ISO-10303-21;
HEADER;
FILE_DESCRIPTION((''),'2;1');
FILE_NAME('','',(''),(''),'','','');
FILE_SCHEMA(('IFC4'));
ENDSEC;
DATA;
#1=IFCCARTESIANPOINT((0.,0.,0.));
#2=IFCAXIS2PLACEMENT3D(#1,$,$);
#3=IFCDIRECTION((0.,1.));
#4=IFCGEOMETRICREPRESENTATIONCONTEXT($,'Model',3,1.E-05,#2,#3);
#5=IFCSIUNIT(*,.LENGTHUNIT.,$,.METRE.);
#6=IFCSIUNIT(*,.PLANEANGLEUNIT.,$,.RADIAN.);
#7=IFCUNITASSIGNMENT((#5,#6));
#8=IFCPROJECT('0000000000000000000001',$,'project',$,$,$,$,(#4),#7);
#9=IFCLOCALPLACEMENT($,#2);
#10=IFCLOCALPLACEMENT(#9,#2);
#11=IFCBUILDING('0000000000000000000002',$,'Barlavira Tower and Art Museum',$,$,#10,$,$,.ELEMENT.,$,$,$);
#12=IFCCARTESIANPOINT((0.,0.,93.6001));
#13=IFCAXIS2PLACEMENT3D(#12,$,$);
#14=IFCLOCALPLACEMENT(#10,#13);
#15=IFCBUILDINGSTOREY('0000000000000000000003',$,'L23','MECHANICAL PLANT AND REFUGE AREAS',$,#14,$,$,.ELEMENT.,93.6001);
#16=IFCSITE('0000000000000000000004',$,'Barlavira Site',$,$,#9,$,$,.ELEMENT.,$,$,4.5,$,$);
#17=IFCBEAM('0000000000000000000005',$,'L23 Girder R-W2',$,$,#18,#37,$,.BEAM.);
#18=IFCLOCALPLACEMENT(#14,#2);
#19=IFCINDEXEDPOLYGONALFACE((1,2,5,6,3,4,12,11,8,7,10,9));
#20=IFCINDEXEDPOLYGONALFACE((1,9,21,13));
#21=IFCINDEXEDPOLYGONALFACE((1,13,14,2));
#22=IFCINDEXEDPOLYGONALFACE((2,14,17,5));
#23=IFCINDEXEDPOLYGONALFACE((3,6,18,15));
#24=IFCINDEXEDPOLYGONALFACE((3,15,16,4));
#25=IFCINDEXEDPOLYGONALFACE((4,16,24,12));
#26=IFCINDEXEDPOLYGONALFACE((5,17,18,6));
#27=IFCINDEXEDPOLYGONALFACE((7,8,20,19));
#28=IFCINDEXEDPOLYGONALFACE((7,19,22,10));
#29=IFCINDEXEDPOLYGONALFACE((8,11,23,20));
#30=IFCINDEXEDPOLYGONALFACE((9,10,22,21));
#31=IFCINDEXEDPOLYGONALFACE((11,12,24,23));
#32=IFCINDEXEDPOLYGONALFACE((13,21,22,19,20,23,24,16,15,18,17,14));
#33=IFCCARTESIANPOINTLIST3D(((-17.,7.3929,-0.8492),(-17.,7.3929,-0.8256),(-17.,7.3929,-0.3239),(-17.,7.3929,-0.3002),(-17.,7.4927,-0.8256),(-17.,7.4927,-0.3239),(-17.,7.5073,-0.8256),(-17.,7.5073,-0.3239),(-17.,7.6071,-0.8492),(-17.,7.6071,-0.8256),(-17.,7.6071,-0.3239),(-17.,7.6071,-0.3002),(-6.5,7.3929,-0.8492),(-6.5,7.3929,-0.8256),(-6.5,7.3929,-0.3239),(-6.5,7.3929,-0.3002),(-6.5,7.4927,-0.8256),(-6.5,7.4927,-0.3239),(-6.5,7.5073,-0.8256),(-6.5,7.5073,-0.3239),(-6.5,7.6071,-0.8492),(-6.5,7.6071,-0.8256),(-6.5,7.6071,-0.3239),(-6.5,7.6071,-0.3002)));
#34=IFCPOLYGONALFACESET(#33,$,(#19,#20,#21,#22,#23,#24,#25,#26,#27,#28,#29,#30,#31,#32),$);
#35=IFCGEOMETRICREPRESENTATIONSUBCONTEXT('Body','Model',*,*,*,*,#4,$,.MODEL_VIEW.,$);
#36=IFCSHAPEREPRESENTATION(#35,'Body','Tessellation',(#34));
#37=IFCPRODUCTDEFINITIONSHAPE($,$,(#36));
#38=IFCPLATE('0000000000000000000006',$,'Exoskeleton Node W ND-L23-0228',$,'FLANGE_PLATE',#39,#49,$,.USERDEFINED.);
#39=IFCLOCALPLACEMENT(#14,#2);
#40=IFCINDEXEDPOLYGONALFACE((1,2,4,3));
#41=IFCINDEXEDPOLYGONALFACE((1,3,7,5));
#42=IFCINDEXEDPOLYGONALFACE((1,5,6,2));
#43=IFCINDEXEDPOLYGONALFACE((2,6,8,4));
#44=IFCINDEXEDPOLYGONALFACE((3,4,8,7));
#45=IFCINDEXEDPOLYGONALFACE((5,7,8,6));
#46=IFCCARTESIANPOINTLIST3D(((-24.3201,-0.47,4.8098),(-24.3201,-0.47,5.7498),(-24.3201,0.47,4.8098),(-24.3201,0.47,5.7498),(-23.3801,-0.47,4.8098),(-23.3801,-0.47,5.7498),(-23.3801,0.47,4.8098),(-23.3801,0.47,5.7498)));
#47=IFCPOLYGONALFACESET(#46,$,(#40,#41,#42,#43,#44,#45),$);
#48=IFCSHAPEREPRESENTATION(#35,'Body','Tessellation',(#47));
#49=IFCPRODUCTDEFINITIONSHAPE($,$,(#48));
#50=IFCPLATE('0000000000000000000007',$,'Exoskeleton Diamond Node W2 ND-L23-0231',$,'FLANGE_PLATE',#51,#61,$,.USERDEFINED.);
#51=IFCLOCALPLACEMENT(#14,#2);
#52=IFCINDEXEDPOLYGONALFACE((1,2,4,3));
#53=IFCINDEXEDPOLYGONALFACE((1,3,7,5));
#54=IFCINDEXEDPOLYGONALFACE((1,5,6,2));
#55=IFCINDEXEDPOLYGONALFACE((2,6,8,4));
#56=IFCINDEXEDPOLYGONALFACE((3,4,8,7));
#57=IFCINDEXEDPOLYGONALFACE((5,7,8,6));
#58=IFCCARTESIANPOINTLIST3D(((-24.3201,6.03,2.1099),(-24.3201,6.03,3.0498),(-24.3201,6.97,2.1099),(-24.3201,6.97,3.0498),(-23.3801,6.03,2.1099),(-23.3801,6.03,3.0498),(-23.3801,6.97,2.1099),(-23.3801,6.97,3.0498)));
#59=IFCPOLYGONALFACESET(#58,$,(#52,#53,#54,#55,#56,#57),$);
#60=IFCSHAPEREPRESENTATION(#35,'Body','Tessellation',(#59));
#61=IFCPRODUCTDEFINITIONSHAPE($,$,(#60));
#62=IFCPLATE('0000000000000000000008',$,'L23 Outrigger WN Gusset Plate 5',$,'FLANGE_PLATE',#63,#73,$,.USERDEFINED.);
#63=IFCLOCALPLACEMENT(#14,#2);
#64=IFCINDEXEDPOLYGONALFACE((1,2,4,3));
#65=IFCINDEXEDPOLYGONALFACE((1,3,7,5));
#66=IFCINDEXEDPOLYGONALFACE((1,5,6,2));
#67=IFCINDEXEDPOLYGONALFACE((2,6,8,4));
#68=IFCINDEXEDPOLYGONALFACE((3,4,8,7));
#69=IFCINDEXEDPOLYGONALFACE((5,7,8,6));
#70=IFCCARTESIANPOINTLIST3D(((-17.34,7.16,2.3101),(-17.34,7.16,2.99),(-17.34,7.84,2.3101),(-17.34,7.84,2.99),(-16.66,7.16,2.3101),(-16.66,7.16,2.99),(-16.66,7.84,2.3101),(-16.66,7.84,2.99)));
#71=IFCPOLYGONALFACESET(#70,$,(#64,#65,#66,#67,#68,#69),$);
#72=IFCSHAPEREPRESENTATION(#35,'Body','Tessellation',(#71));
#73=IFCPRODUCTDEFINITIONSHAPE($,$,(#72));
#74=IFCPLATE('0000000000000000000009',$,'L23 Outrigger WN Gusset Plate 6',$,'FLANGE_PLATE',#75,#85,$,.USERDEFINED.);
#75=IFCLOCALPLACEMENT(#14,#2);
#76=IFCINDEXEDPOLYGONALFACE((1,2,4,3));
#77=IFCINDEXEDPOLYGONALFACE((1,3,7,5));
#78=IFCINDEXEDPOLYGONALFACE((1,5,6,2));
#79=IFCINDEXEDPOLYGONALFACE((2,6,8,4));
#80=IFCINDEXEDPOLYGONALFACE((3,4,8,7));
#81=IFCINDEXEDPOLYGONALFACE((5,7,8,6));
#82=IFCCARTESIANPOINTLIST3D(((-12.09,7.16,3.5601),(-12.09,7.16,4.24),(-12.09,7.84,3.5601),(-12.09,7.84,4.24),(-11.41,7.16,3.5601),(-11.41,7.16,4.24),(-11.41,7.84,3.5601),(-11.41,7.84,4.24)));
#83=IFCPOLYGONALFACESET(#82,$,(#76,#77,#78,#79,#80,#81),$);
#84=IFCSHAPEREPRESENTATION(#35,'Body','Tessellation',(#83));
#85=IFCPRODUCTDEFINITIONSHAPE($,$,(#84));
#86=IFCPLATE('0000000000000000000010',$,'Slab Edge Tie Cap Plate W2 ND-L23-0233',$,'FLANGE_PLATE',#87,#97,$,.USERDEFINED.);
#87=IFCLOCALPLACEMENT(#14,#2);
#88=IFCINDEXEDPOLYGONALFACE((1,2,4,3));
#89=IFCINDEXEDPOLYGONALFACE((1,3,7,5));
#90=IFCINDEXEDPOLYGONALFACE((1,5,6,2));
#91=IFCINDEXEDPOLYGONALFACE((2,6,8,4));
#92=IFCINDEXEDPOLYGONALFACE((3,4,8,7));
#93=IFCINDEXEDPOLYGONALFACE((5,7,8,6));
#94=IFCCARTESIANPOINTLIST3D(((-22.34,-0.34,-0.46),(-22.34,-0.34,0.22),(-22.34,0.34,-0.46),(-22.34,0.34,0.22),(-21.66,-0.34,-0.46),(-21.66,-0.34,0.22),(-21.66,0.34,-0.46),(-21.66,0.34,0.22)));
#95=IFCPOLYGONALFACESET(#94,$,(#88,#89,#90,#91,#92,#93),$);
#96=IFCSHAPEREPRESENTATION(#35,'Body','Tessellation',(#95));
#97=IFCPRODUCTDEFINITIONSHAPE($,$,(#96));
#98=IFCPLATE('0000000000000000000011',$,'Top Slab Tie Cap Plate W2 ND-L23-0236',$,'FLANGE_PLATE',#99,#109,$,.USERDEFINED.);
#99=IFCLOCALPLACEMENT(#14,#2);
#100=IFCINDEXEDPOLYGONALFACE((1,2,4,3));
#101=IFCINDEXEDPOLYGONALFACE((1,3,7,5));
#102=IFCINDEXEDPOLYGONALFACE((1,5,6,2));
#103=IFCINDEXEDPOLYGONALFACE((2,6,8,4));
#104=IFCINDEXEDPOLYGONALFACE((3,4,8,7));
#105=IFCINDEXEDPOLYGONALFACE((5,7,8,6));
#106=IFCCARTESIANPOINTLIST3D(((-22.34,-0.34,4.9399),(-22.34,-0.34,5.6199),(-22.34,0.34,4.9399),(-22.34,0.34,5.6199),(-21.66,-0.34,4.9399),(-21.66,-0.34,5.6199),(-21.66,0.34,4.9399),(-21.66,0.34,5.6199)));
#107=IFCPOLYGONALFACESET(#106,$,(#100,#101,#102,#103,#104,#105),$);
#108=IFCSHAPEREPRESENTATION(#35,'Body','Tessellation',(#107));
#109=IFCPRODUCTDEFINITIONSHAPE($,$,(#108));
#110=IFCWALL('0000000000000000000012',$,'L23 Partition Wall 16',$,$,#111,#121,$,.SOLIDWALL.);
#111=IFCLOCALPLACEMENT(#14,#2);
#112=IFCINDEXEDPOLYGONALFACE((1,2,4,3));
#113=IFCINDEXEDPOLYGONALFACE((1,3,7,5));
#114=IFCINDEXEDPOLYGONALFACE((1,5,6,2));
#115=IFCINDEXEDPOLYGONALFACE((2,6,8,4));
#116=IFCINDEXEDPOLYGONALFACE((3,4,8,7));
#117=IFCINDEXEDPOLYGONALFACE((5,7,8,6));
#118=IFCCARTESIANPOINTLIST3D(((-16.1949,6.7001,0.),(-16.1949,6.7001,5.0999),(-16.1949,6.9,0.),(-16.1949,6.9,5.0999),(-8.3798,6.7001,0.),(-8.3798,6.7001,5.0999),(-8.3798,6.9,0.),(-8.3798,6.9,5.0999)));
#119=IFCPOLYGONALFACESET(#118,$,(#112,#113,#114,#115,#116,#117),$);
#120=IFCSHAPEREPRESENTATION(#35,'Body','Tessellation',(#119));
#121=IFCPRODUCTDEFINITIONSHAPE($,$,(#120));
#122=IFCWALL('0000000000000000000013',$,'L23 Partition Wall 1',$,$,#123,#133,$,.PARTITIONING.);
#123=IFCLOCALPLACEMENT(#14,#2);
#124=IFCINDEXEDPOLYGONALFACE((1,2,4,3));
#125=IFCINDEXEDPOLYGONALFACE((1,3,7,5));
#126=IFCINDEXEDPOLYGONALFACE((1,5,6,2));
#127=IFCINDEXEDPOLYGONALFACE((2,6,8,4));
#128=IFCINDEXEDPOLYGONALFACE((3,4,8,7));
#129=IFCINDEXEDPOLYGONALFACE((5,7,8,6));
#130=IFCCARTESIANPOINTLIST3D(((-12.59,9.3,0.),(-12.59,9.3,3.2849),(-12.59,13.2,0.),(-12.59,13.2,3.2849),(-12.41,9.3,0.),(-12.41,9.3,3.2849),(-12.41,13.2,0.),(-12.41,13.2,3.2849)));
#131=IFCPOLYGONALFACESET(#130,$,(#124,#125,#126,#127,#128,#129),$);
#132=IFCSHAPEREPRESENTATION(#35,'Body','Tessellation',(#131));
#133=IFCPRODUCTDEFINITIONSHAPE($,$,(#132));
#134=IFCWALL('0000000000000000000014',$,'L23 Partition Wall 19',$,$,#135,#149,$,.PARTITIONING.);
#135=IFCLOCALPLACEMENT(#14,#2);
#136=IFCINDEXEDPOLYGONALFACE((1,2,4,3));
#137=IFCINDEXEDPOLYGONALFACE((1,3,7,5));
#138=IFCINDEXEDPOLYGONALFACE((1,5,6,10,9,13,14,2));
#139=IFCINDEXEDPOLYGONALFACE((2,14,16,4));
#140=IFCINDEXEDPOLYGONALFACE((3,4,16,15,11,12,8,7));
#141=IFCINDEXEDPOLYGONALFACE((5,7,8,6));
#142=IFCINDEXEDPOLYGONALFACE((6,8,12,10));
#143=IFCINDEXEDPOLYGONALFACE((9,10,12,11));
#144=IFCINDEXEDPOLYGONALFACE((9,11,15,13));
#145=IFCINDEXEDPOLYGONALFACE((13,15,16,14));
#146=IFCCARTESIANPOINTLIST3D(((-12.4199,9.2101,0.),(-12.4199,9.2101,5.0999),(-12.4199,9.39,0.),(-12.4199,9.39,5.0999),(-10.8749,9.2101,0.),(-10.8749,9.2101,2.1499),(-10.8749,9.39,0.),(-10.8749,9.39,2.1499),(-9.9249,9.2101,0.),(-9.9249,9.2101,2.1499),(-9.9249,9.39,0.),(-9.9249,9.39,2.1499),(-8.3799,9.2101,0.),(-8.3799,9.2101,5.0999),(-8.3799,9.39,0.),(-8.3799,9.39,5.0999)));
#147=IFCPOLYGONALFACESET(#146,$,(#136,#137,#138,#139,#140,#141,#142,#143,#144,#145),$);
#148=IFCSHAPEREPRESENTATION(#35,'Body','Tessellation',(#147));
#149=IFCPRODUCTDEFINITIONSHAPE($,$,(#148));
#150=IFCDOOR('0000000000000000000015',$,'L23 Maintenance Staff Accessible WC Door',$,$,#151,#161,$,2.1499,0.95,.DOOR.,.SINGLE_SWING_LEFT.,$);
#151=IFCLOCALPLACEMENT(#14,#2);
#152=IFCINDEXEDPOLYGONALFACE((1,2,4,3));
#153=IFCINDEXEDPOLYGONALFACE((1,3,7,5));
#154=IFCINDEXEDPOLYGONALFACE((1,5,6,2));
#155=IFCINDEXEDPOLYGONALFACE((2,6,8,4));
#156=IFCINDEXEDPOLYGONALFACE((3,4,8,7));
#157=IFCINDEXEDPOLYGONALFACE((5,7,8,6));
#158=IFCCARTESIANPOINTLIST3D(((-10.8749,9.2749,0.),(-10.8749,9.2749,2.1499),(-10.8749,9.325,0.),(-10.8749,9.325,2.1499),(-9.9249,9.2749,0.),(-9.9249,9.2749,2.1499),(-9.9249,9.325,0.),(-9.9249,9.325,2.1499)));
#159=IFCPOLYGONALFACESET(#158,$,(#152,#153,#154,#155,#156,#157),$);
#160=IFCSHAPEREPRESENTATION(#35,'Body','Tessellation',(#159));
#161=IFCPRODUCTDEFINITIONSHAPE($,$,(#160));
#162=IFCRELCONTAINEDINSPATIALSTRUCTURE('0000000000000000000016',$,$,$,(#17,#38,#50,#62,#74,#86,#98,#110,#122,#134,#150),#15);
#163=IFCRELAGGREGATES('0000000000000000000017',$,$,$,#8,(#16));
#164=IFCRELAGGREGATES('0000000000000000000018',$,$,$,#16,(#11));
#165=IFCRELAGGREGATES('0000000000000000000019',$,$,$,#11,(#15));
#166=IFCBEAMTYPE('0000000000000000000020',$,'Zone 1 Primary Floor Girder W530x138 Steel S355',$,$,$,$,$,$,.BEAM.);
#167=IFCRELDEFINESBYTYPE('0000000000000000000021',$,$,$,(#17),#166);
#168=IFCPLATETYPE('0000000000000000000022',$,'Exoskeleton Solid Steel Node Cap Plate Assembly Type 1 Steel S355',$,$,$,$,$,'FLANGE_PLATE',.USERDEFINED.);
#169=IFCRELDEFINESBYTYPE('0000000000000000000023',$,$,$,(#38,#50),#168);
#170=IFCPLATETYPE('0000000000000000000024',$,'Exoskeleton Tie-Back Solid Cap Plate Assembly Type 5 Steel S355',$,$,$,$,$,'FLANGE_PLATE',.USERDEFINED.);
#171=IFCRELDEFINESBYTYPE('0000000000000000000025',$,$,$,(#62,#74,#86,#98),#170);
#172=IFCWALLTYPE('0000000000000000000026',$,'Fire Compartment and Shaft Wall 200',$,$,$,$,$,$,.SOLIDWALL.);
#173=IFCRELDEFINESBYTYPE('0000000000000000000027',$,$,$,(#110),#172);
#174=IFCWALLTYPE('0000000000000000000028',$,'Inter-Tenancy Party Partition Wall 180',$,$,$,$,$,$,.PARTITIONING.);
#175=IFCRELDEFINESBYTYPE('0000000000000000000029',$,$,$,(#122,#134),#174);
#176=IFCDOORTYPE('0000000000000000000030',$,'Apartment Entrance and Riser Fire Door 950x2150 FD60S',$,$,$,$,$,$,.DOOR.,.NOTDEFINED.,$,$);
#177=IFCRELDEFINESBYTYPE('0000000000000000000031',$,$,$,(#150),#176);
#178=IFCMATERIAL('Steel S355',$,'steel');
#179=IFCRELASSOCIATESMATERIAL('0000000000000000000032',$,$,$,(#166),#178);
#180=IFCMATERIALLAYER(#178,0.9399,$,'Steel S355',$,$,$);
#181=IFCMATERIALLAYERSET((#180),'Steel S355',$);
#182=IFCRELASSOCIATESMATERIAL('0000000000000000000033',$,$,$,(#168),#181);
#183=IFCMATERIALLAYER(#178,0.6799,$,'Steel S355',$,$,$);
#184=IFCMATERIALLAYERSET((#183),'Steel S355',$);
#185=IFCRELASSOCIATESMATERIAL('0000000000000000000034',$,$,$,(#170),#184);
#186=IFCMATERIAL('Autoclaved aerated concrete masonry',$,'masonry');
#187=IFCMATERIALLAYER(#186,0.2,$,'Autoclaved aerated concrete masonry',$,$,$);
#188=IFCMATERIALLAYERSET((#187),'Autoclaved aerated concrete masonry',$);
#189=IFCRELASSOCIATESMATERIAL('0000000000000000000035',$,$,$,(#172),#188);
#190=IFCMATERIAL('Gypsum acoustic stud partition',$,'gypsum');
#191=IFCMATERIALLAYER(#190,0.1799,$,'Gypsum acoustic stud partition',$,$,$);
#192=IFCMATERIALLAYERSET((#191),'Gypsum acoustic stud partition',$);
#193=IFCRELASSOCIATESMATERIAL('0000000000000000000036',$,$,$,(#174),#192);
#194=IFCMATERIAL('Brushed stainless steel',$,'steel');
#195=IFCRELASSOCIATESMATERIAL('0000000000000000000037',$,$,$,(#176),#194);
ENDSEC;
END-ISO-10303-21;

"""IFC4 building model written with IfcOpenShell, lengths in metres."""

from ifc_helpers import new_model, si_unit, direction, frame, frame_2d, origin, origin_2d, place, context, subcontext, project, spatial, rectangle, i_section, extrude, material, layer, layer_set, material_profile, profile_set, type_object, element, fill, save


model = new_model("IFC4")

# Units and contexts
model_context = context("Model", 3, precision=1e-05, world=origin(), true_north=direction((0.0, 1.0)))
body_context = subcontext(model_context, "Body", "Model", "MODEL_VIEW")
ifc_project = project(units=[si_unit("LENGTHUNIT", "METRE"), si_unit("PLANEANGLEUNIT", "RADIAN")], contexts=[model_context])

# Site, building, storey
site_placement = place(None, origin())
site = spatial("IfcSite", under=ifc_project, at=site_placement, Name="Barlavira Site", CompositionType="ELEMENT", RefElevation=4.5)
building_placement = place(site_placement, origin())
building = spatial("IfcBuilding", under=site, at=building_placement, Name="Barlavira Tower and Art Museum", CompositionType="ELEMENT")
storey_placement = place(building_placement, frame((0.0, 0.0, 93.6001)))
storey = spatial("IfcBuildingStorey", under=building, at=storey_placement, Name="L23", Description="MECHANICAL PLANT AND REFUGE AREAS", CompositionType="ELEMENT", Elevation=93.6001)

# Shared definitions
ifc_material_1 = material(Name="Steel S355", Category="steel")

# Beam
ifc_material_profile_1 = material_profile(ifc_material_1, i_section(OverallWidth=0.2141, OverallDepth=0.5491, WebThickness=0.0146, FlangeThickness=0.0237, at=origin_2d()), Name="W530x138.0")
ifc_profile_set_1 = profile_set([ifc_material_profile_1], Name="Steel S355")
beam_type_1 = type_object("IfcBeamType", Name="Zone 1 Primary Floor Girder W530x138 Steel S355", PredefinedType="BEAM", material=ifc_profile_set_1)
beam_1_placement = place(storey_placement, frame((-17.0, 7.5, -0.5747), z_axis=(1.0, 0.0, 0.0), x_axis=(0.0, 1.0, 0.0)))
element("IfcBeam", 1, at=beam_1_placement, inside=storey, type_object=beam_type_1, Name="L23 Girder R-W2", PredefinedType="BEAM", context=body_context, shape_type="SweptSolid", body=[
    extrude(i_section(OverallWidth=0.2141, OverallDepth=0.5491, WebThickness=0.0146, FlangeThickness=0.0237, at=origin_2d()), origin(), (0.0, 0.0, 1.0), 10.5),
])

# Plates
ifc_layer_1 = layer(ifc_material_1, 0.9399, Name="Steel S355")
ifc_layer_set_1 = layer_set([ifc_layer_1], Name="Steel S355")
plate_type_1 = type_object("IfcPlateType", Name="Exoskeleton Solid Steel Node Cap Plate Assembly Type 1 Steel S355", ElementType="FLANGE_PLATE", PredefinedType="USERDEFINED", material=ifc_layer_set_1)
for number, where, z_axis, x_axis, name in (
    (2, (-23.8501, 0.0, 4.8098), (0.0, 0.0, 1.0), (1.0, 0.0, 0.0), "Exoskeleton Node W ND-L23-0228"),
    (3, (-23.8501, 6.5, 2.1099), (0.0, 0.0, 1.0), (1.0, 0.0, 0.0), "Exoskeleton Diamond Node W2 ND-L23-0231"),
):
    element("IfcPlate", number, at=place(storey_placement, frame(where, z_axis=z_axis, x_axis=x_axis)), inside=storey, type_object=plate_type_1, Name=name, ObjectType="FLANGE_PLATE", PredefinedType="USERDEFINED", context=body_context, shape_type="SweptSolid", body=[
        extrude(rectangle(XDim=0.9399, YDim=0.9399, at=origin_2d()), origin(), (0.0, 0.0, 1.0), 0.9399),
    ])
ifc_layer_2 = layer(ifc_material_1, 0.6799, Name="Steel S355")
ifc_layer_set_2 = layer_set([ifc_layer_2], Name="Steel S355")
plate_type_2 = type_object("IfcPlateType", Name="Exoskeleton Tie-Back Solid Cap Plate Assembly Type 5 Steel S355", ElementType="FLANGE_PLATE", PredefinedType="USERDEFINED", material=ifc_layer_set_2)
for number, where, z_axis, x_axis, name in (
    (4, (-17.0, 7.5, 2.3101), (0.0, 0.0, 1.0), (1.0, 0.0, 0.0), "L23 Outrigger WN Gusset Plate 5"),
    (5, (-11.75, 7.5, 3.5601), (0.0, 0.0, 1.0), (1.0, 0.0, 0.0), "L23 Outrigger WN Gusset Plate 6"),
    (6, (-22.0, 0.0, -0.46), (0.0, 0.0, 1.0), (1.0, 0.0, 0.0), "Slab Edge Tie Cap Plate W2 ND-L23-0233"),
    (7, (-22.0, 0.0, 4.9399), (0.0, 0.0, 1.0), (1.0, 0.0, 0.0), "Top Slab Tie Cap Plate W2 ND-L23-0236"),
):
    element("IfcPlate", number, at=place(storey_placement, frame(where, z_axis=z_axis, x_axis=x_axis)), inside=storey, type_object=plate_type_2, Name=name, ObjectType="FLANGE_PLATE", PredefinedType="USERDEFINED", context=body_context, shape_type="SweptSolid", body=[
        extrude(rectangle(XDim=0.6799, YDim=0.6799, at=origin_2d()), origin(), (0.0, 0.0, 1.0), 0.6799),
    ])

# Walls
ifc_material_2 = material(Name="Autoclaved aerated concrete masonry", Category="masonry")
ifc_layer_3 = layer(ifc_material_2, 0.2, Name="Autoclaved aerated concrete masonry")
ifc_layer_set_3 = layer_set([ifc_layer_3], Name="Autoclaved aerated concrete masonry")
wall_type_1 = type_object("IfcWallType", Name="Fire Compartment and Shaft Wall 200", PredefinedType="SOLIDWALL", material=ifc_layer_set_3)
wall_1_placement = place(storey_placement, frame((-16.1951, 6.8, 0.0), z_axis=(0.0, 0.0, 1.0), x_axis=(1.0, 0.0, 0.0)))
element("IfcWall", 8, at=wall_1_placement, inside=storey, type_object=wall_type_1, Name="L23 Partition Wall 16", PredefinedType="SOLIDWALL", context=body_context, shape_type="SweptSolid", body=[
    extrude(rectangle(XDim=7.8152, YDim=0.2, at=frame_2d((3.9077, 0.0))), origin(), (0.0, 0.0, 1.0), 5.0999),
])
ifc_material_3 = material(Name="Gypsum acoustic stud partition", Category="gypsum")
ifc_layer_4 = layer(ifc_material_3, 0.1799, Name="Gypsum acoustic stud partition")
ifc_layer_set_4 = layer_set([ifc_layer_4], Name="Gypsum acoustic stud partition")
wall_type_2 = type_object("IfcWallType", Name="Inter-Tenancy Party Partition Wall 180", PredefinedType="PARTITIONING", material=ifc_layer_set_4)
wall_2_placement = place(storey_placement, frame((-12.5, 9.3, 0.0), z_axis=(0.0, 0.0, 1.0), x_axis=(0.0, 1.0, 0.0)))
element("IfcWall", 9, at=wall_2_placement, inside=storey, type_object=wall_type_2, Name="L23 Partition Wall 1", PredefinedType="PARTITIONING", context=body_context, shape_type="SweptSolid", body=[
    extrude(rectangle(XDim=3.8999, YDim=0.1799, at=frame_2d((1.95, 0.0))), origin(), (0.0, 0.0, 1.0), 3.2849),
])

# Wall, opening, door
wall_3_placement = place(storey_placement, frame((-12.4199, 9.3, 0.0), z_axis=(0.0, 0.0, 1.0), x_axis=(1.0, 0.0, 0.0)))
wall_3 = element("IfcWall", 10, at=wall_3_placement, inside=storey, type_object=wall_type_2, Name="L23 Partition Wall 19", PredefinedType="PARTITIONING", context=body_context, shape_type="SweptSolid", body=[
    extrude(rectangle(XDim=4.04, YDim=0.1799, at=frame_2d((2.02, 0.0))), origin(), (0.0, 0.0, 1.0), 5.0999),
])
opening_placement = place(wall_3_placement, frame((1.5449, 0.0, 0.0)))
opening = element("IfcOpeningElement", 11, at=opening_placement, cuts=wall_3, PredefinedType="OPENING", context=body_context, shape_type="SweptSolid", body=[
    extrude(rectangle(XDim=0.95, YDim=2.1499, at=frame_2d((0.4751, 1.075))), frame((0.0, 0.1001, 0.0), z_axis=(0.0, -1.0, 0.0), x_axis=(1.0, 0.0, 0.0)), (0.0, 0.0, 1.0), 0.2),
])
ifc_material_4 = material(Name="Brushed stainless steel", Category="steel")
door_type = type_object("IfcDoorType", Name="Apartment Entrance and Riser Fire Door 950x2150 FD60S", OperationType="NOTDEFINED", PredefinedType="DOOR", material=ifc_material_4)
door_placement = place(opening_placement, origin())
door = element("IfcDoor", 12, at=door_placement, inside=storey, type_object=door_type, Name="L23 Maintenance Staff Accessible WC Door", OperationType="SINGLE_SWING_LEFT", OverallHeight=2.1499, OverallWidth=0.95, PredefinedType="DOOR", context=body_context, shape_type="SweptSolid", body=[
    extrude(rectangle(XDim=0.95, YDim=2.1499, at=frame_2d((0.4751, 1.075))), frame((0.0, 0.0249, 0.0), z_axis=(0.0, -1.0, 0.0), x_axis=(1.0, 0.0, 0.0)), (0.0, 0.0, 1.0), 0.05),
])
fill(opening, door)

save(model, "model.ifc")
